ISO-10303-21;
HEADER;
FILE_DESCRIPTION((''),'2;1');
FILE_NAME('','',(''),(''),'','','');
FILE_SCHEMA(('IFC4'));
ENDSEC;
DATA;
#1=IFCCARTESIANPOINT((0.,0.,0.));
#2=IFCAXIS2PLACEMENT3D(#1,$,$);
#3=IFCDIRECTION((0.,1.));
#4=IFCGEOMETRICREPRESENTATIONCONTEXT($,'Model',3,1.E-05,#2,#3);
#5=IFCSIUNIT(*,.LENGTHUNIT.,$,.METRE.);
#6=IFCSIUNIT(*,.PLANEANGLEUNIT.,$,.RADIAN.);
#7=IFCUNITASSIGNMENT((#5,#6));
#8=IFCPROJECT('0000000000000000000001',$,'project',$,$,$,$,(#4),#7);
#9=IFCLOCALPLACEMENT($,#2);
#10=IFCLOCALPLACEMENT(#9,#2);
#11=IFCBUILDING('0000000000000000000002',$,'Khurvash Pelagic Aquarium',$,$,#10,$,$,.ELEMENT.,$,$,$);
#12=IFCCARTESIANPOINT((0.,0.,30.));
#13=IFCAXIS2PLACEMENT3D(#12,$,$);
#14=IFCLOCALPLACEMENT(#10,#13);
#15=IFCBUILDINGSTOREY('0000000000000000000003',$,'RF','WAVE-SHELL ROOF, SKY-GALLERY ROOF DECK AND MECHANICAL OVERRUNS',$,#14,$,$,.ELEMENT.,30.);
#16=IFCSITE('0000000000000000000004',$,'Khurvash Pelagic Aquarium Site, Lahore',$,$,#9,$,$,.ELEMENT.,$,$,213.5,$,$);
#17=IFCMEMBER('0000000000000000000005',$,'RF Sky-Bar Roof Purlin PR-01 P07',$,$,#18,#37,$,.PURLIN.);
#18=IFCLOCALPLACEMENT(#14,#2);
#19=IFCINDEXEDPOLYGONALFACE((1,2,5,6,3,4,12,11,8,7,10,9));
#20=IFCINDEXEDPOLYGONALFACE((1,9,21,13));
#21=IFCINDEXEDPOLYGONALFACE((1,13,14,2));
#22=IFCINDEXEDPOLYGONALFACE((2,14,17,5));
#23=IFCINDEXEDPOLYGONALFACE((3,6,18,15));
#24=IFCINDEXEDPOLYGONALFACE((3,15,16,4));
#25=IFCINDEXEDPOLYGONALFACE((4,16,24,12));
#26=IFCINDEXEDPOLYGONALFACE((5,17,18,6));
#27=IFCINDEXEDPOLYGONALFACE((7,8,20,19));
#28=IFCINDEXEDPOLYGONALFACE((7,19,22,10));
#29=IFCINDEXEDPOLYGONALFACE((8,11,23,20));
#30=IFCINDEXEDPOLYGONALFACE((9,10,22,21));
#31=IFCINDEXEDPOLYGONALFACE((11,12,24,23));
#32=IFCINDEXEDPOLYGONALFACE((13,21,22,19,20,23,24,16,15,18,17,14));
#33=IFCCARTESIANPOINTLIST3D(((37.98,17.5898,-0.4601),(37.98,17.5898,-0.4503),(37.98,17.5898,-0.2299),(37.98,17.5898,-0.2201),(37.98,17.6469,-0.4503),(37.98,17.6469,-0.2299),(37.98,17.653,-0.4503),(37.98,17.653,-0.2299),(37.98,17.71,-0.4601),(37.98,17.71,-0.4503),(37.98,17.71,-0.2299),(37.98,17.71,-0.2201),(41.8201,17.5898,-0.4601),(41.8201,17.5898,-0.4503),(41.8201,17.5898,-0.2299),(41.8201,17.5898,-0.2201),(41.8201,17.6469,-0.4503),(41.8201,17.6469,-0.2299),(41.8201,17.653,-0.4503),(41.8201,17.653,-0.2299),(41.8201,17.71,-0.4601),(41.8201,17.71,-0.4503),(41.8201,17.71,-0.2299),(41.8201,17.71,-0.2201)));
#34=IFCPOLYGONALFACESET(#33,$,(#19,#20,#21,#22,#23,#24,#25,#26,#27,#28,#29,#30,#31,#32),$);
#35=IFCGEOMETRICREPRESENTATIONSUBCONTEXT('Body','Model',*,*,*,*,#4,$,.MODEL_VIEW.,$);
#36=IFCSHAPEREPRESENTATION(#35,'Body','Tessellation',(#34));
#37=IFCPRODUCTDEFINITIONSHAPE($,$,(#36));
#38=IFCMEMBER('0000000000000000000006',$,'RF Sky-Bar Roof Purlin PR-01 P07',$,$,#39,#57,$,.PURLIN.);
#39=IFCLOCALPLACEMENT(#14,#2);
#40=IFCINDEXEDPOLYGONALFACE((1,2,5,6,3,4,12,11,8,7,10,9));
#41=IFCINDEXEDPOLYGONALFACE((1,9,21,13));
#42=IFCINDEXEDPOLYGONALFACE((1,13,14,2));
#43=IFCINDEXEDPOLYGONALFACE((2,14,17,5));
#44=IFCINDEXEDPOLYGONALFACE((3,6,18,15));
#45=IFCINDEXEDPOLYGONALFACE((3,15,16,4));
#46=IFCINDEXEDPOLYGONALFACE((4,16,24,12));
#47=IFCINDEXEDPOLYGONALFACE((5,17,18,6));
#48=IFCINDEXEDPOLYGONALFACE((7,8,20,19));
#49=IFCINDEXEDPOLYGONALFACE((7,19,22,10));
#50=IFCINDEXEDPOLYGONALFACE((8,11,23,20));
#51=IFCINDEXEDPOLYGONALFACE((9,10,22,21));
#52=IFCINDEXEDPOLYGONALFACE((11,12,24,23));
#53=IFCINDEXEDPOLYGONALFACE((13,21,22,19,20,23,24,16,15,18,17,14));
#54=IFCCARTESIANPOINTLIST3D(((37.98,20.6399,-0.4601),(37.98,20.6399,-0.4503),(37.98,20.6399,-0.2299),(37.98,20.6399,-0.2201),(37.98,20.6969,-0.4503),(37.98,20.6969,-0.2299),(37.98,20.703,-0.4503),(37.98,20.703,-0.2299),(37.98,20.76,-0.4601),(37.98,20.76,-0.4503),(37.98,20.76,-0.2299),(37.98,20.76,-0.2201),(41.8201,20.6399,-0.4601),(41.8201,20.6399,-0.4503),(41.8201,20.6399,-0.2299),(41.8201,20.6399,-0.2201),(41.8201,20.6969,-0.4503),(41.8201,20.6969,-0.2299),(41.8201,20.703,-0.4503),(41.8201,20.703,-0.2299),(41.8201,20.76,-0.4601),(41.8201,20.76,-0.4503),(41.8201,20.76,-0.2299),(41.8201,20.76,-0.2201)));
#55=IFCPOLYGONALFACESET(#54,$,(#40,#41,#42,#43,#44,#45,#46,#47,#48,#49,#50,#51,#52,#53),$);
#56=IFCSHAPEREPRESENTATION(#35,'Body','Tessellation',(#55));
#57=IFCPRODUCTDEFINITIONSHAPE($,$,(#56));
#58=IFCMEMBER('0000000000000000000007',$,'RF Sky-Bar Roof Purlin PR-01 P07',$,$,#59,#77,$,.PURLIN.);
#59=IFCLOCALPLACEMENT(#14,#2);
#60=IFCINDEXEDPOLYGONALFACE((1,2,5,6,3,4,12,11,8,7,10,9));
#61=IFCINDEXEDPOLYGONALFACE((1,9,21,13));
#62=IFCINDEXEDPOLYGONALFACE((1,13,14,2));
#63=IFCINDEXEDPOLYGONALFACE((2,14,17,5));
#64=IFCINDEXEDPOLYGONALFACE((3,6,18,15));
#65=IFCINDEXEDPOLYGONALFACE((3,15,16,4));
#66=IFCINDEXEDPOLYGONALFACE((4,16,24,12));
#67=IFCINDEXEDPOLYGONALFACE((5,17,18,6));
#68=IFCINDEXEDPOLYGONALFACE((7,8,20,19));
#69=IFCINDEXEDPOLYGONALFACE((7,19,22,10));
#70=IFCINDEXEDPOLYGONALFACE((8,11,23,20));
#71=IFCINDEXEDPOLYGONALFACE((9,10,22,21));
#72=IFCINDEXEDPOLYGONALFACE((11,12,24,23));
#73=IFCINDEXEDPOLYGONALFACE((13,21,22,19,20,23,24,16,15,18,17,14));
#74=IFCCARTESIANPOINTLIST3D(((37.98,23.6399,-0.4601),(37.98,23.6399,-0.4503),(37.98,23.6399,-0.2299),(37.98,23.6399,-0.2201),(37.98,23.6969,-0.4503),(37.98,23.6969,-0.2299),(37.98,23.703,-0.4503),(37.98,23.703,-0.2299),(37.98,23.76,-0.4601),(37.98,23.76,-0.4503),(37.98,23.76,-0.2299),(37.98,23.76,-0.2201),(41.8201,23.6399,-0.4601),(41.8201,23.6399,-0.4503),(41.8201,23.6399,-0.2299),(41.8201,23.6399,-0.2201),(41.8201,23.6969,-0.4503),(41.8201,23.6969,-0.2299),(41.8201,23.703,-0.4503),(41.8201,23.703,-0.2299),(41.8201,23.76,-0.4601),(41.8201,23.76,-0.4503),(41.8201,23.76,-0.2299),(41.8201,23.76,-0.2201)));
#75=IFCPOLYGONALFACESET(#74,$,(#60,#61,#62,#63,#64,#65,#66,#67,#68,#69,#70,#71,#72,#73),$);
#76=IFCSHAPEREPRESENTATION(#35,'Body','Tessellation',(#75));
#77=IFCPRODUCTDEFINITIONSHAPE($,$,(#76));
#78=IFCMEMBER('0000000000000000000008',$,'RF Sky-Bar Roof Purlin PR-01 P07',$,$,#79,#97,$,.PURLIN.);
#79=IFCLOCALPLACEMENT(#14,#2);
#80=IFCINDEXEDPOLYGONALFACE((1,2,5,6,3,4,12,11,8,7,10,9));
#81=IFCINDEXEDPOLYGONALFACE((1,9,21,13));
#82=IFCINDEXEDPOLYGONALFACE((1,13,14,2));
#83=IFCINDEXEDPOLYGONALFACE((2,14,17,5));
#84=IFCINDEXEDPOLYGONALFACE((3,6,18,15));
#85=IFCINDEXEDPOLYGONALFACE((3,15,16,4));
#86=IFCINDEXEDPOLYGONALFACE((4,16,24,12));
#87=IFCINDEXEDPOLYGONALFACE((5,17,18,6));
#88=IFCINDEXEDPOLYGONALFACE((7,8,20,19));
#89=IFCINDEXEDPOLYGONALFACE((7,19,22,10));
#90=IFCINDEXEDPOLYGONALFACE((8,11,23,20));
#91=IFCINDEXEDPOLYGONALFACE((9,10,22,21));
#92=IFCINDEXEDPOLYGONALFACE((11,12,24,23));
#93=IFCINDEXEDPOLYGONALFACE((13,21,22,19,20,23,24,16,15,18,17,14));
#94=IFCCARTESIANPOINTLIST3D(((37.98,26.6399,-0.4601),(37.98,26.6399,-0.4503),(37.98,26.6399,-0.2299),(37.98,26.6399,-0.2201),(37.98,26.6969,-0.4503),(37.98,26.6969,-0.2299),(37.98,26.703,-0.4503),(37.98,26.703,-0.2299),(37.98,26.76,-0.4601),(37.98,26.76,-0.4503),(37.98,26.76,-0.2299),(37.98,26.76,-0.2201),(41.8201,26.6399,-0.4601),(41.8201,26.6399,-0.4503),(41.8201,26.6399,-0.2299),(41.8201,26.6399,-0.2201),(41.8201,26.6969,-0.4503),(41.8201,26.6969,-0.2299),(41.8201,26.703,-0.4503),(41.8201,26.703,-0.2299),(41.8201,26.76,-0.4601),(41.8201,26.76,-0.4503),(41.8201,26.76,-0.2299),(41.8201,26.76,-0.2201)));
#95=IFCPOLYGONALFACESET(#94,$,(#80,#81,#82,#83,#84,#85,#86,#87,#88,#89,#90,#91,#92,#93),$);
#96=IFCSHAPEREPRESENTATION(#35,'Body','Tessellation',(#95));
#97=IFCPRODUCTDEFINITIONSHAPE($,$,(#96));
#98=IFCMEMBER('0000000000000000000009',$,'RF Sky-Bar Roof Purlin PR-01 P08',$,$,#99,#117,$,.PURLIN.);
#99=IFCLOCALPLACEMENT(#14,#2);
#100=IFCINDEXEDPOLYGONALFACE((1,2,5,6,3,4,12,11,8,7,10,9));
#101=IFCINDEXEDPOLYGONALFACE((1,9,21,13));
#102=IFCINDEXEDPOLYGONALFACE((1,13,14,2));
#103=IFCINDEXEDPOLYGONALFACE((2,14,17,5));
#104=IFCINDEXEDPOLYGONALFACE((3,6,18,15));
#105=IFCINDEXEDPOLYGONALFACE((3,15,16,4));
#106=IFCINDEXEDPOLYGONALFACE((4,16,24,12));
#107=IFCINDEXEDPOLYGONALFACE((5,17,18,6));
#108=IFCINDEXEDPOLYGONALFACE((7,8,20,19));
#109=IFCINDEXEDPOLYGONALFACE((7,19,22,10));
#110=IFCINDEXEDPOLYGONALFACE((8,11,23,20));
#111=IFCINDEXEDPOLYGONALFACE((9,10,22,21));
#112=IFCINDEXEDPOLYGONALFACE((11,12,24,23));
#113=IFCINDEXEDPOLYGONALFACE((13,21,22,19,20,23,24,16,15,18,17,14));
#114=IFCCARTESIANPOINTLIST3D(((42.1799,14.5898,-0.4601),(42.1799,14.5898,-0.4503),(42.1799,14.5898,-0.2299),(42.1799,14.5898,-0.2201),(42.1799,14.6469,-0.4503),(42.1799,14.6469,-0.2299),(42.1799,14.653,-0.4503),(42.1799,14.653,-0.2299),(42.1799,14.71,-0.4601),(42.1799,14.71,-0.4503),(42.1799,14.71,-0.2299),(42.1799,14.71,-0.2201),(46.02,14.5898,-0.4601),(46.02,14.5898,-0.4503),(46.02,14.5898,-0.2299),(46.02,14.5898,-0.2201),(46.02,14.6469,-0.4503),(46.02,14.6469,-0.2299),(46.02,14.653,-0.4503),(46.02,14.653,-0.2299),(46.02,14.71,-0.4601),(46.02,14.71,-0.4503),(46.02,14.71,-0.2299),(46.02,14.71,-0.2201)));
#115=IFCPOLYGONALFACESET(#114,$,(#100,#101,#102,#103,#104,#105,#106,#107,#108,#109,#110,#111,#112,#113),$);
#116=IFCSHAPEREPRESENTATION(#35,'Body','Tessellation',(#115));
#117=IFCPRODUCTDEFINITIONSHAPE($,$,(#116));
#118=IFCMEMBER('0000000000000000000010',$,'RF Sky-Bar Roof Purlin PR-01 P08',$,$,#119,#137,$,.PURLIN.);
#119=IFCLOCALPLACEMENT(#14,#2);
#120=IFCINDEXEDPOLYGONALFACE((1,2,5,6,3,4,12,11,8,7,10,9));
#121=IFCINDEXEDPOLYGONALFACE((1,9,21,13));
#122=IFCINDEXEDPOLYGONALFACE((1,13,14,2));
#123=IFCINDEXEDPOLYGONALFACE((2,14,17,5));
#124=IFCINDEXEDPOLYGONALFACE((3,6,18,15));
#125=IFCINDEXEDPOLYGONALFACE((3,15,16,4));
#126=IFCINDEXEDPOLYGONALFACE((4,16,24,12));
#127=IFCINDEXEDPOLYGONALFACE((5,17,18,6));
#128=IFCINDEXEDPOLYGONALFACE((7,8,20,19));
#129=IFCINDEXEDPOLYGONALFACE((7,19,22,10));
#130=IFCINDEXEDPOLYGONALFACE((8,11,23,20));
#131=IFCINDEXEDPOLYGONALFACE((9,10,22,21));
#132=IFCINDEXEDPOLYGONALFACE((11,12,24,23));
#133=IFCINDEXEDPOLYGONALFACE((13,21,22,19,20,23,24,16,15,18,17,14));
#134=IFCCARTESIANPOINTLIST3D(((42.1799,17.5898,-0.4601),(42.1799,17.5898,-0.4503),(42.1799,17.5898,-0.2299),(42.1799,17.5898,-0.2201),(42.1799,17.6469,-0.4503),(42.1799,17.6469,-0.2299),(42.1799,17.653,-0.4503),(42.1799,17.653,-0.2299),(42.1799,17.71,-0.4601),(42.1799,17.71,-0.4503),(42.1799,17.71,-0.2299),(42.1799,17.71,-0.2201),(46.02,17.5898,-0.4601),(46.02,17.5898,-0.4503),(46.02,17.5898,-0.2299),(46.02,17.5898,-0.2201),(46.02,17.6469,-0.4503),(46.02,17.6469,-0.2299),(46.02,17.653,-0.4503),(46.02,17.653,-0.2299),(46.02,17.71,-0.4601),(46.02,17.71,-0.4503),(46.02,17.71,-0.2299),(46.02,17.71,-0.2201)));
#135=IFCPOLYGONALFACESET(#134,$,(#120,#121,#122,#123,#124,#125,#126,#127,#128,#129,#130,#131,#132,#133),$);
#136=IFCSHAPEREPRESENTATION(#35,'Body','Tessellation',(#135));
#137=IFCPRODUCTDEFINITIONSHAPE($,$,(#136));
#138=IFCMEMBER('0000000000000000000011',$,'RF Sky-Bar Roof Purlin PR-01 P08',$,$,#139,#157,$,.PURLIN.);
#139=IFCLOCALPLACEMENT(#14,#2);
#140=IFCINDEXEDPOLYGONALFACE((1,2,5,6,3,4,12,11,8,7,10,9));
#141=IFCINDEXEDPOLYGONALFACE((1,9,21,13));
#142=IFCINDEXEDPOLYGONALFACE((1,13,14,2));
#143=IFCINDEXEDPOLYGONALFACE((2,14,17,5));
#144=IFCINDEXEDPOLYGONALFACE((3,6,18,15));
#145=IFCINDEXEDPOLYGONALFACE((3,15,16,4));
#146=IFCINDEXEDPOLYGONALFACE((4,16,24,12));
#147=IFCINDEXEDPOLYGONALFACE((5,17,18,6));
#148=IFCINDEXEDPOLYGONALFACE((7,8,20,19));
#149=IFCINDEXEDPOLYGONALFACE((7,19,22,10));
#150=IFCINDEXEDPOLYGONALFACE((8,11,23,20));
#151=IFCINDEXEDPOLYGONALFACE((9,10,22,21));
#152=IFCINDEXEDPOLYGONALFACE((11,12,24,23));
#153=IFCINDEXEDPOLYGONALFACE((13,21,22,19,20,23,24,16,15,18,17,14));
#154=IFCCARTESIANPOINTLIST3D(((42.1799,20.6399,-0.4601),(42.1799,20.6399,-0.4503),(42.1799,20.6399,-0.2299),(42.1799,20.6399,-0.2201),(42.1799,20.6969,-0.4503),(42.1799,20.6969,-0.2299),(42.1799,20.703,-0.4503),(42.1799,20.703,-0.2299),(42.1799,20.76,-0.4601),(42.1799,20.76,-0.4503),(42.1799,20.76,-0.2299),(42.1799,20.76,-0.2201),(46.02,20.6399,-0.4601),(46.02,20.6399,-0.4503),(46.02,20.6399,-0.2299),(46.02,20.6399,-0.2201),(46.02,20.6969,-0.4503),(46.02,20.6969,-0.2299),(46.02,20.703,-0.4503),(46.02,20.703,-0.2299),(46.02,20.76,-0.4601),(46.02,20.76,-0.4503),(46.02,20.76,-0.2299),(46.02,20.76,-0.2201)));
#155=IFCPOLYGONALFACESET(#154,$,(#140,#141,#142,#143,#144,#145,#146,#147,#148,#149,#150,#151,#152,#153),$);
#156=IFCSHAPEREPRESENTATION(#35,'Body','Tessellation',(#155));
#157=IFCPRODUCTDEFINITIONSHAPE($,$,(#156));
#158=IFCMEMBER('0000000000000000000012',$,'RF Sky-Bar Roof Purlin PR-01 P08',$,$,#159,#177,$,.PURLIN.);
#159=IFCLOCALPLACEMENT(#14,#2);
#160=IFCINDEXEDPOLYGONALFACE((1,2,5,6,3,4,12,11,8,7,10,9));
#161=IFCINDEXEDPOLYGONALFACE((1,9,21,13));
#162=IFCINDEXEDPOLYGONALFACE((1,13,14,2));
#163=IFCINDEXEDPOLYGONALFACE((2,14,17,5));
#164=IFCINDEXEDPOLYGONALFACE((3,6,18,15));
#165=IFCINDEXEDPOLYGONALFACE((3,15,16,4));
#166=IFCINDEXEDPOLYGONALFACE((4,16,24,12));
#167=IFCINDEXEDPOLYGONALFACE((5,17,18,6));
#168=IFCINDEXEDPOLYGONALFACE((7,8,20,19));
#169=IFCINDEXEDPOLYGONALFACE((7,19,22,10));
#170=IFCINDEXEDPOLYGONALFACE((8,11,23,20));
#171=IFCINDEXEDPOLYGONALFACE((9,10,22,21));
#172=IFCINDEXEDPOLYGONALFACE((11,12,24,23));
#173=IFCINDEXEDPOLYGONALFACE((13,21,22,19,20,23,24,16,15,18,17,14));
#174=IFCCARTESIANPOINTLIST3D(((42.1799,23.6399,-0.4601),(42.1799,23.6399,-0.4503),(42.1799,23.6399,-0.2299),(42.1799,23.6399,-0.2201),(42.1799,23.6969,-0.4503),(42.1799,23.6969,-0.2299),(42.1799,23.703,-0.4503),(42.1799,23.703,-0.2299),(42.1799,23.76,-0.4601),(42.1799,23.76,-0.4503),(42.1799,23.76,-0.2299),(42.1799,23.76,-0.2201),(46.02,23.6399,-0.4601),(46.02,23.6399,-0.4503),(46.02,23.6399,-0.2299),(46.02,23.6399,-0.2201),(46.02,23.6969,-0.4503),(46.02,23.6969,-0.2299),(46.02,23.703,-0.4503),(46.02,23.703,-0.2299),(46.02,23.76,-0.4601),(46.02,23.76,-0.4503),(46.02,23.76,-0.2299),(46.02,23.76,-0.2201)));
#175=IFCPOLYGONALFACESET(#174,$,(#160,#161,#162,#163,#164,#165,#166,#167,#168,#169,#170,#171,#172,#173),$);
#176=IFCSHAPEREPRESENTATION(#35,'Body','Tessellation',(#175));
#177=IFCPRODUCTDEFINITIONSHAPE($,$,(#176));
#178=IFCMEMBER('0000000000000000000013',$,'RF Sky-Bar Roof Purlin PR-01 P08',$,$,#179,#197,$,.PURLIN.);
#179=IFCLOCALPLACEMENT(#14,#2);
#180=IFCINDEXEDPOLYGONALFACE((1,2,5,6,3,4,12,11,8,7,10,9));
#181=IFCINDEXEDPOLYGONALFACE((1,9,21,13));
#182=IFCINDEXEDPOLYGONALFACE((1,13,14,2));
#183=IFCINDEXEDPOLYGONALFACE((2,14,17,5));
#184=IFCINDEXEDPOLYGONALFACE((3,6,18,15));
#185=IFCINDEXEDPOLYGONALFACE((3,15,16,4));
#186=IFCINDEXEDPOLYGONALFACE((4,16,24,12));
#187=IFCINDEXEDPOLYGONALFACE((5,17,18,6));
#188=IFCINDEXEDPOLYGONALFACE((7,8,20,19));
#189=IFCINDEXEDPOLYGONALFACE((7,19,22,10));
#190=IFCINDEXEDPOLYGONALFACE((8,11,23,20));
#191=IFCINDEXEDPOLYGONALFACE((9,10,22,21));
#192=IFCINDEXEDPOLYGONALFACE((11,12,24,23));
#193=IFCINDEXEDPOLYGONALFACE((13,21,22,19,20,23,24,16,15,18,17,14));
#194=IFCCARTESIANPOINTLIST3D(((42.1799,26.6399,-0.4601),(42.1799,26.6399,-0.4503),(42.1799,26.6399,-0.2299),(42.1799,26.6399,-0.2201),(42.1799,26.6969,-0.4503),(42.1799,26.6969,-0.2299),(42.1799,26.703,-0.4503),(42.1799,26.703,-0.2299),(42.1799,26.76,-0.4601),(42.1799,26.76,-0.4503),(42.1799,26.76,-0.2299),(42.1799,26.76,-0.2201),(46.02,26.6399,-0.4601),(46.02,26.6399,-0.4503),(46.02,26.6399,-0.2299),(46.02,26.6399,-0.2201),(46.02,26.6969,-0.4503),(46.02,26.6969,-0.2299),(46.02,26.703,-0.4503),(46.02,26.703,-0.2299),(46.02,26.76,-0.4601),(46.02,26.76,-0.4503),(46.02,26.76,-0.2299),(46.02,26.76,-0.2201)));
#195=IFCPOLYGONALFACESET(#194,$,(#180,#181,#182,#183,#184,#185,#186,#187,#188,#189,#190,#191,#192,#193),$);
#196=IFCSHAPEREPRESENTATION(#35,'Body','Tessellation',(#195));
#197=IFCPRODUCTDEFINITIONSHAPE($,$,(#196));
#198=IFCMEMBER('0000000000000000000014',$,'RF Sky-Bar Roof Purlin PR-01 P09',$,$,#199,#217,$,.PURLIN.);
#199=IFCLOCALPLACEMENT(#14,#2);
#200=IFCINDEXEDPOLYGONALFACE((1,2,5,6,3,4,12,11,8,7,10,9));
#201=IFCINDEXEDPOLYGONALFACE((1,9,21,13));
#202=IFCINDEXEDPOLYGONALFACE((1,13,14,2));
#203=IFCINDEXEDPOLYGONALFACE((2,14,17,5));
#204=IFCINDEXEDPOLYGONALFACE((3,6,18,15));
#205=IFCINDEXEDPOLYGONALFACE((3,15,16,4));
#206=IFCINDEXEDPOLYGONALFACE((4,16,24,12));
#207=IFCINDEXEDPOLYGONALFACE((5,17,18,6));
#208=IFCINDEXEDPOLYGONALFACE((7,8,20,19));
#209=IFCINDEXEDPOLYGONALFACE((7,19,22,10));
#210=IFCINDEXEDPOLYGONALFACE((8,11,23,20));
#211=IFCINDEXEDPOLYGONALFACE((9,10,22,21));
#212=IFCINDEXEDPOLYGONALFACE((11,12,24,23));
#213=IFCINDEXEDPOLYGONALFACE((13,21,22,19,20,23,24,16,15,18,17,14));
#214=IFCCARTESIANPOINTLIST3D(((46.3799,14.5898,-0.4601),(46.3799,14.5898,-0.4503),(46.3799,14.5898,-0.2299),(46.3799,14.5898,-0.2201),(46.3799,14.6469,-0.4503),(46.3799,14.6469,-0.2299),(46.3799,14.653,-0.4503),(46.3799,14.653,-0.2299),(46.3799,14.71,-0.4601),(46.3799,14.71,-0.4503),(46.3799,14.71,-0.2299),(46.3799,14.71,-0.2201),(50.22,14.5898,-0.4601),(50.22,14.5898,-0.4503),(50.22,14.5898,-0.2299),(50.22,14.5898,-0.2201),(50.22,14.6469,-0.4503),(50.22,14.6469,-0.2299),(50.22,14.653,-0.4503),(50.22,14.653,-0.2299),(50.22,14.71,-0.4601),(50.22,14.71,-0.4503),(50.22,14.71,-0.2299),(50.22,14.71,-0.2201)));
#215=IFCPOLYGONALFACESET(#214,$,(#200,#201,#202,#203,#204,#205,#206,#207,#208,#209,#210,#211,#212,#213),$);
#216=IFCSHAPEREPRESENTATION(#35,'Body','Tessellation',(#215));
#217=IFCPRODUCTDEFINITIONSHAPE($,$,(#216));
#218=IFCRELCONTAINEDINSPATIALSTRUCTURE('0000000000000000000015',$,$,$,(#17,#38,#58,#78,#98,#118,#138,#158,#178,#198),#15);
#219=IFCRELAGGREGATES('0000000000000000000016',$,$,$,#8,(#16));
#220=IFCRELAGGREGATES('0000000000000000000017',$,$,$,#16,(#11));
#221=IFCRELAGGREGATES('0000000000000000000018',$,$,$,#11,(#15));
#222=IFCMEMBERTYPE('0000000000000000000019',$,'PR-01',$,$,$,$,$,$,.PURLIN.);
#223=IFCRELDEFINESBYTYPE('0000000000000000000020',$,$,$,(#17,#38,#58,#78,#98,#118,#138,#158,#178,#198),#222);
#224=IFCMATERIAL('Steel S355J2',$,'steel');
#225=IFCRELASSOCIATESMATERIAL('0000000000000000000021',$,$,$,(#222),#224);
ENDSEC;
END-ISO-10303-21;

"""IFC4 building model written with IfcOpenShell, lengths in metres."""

from ifc_helpers import new_model, si_unit, direction, frame, origin, origin_2d, place, context, subcontext, project, spatial, i_section, extrude, material, material_profile, profile_set, type_object, element, save


model = new_model("IFC4")

# Units and contexts
model_context = context("Model", 3, precision=1e-05, world=origin(), true_north=direction((0.0, 1.0)))
body_context = subcontext(model_context, "Body", "Model", "MODEL_VIEW")
ifc_project = project(units=[si_unit("LENGTHUNIT", "METRE"), si_unit("PLANEANGLEUNIT", "RADIAN")], contexts=[model_context])

# Site, building, storey
site_placement = place(None, origin())
site = spatial("IfcSite", under=ifc_project, at=site_placement, Name="Khurvash Pelagic Aquarium Site, Lahore", CompositionType="ELEMENT", RefElevation=213.5)
building_placement = place(site_placement, origin())
building = spatial("IfcBuilding", under=site, at=building_placement, Name="Khurvash Pelagic Aquarium", CompositionType="ELEMENT")
storey_placement = place(building_placement, frame((0.0, 0.0, 30.0)))
storey = spatial("IfcBuildingStorey", under=building, at=storey_placement, Name="RF", Description="WAVE-SHELL ROOF, SKY-GALLERY ROOF DECK AND MECHANICAL OVERRUNS", CompositionType="ELEMENT", Elevation=30.0)

# Members
ifc_material_1 = material(Name="Steel S355J2", Category="steel")
ifc_material_profile_1 = material_profile(ifc_material_1, i_section(OverallWidth=0.1201, OverallDepth=0.24, WebThickness=0.0061, FlangeThickness=0.0098, at=origin_2d()), Name="IPE240")
ifc_profile_set_1 = profile_set([ifc_material_profile_1], Name="Steel S355J2")
member_type = type_object("IfcMemberType", Name="PR-01", PredefinedType="PURLIN", material=ifc_profile_set_1)
for number, where, z_axis, x_axis, name in (
    (1, (37.98, 17.6499, -0.3401), (1.0, 0.0, 0.0), (0.0, 1.0, 0.0), "RF Sky-Bar Roof Purlin PR-01 P07"),
    (2, (37.98, 20.7, -0.3401), (1.0, 0.0, 0.0), (0.0, 1.0, 0.0), "RF Sky-Bar Roof Purlin PR-01 P07"),
    (3, (37.98, 23.7, -0.3401), (1.0, 0.0, 0.0), (0.0, 1.0, 0.0), "RF Sky-Bar Roof Purlin PR-01 P07"),
    (4, (37.98, 26.7, -0.3401), (1.0, 0.0, 0.0), (0.0, 1.0, 0.0), "RF Sky-Bar Roof Purlin PR-01 P07"),
    (5, (42.1799, 14.6499, -0.3401), (1.0, 0.0, 0.0), (0.0, 1.0, 0.0), "RF Sky-Bar Roof Purlin PR-01 P08"),
    (6, (42.1799, 17.6499, -0.3401), (1.0, 0.0, 0.0), (0.0, 1.0, 0.0), "RF Sky-Bar Roof Purlin PR-01 P08"),
    (7, (42.1799, 20.7, -0.3401), (1.0, 0.0, 0.0), (0.0, 1.0, 0.0), "RF Sky-Bar Roof Purlin PR-01 P08"),
    (8, (42.1799, 23.7, -0.3401), (1.0, 0.0, 0.0), (0.0, 1.0, 0.0), "RF Sky-Bar Roof Purlin PR-01 P08"),
    (9, (42.1799, 26.7, -0.3401), (1.0, 0.0, 0.0), (0.0, 1.0, 0.0), "RF Sky-Bar Roof Purlin PR-01 P08"),
    (10, (46.3799, 14.6499, -0.3401), (1.0, 0.0, 0.0), (0.0, 1.0, 0.0), "RF Sky-Bar Roof Purlin PR-01 P09"),
):
    element("IfcMember", number, at=place(storey_placement, frame(where, z_axis=z_axis, x_axis=x_axis)), inside=storey, type_object=member_type, Name=name, PredefinedType="PURLIN", context=body_context, shape_type="SweptSolid", body=[
        extrude(i_section(OverallWidth=0.1201, OverallDepth=0.24, WebThickness=0.0061, FlangeThickness=0.0098, at=origin_2d()), origin(), (0.0, 0.0, 1.0), 3.8401),
    ])

save(model, "model.ifc")
